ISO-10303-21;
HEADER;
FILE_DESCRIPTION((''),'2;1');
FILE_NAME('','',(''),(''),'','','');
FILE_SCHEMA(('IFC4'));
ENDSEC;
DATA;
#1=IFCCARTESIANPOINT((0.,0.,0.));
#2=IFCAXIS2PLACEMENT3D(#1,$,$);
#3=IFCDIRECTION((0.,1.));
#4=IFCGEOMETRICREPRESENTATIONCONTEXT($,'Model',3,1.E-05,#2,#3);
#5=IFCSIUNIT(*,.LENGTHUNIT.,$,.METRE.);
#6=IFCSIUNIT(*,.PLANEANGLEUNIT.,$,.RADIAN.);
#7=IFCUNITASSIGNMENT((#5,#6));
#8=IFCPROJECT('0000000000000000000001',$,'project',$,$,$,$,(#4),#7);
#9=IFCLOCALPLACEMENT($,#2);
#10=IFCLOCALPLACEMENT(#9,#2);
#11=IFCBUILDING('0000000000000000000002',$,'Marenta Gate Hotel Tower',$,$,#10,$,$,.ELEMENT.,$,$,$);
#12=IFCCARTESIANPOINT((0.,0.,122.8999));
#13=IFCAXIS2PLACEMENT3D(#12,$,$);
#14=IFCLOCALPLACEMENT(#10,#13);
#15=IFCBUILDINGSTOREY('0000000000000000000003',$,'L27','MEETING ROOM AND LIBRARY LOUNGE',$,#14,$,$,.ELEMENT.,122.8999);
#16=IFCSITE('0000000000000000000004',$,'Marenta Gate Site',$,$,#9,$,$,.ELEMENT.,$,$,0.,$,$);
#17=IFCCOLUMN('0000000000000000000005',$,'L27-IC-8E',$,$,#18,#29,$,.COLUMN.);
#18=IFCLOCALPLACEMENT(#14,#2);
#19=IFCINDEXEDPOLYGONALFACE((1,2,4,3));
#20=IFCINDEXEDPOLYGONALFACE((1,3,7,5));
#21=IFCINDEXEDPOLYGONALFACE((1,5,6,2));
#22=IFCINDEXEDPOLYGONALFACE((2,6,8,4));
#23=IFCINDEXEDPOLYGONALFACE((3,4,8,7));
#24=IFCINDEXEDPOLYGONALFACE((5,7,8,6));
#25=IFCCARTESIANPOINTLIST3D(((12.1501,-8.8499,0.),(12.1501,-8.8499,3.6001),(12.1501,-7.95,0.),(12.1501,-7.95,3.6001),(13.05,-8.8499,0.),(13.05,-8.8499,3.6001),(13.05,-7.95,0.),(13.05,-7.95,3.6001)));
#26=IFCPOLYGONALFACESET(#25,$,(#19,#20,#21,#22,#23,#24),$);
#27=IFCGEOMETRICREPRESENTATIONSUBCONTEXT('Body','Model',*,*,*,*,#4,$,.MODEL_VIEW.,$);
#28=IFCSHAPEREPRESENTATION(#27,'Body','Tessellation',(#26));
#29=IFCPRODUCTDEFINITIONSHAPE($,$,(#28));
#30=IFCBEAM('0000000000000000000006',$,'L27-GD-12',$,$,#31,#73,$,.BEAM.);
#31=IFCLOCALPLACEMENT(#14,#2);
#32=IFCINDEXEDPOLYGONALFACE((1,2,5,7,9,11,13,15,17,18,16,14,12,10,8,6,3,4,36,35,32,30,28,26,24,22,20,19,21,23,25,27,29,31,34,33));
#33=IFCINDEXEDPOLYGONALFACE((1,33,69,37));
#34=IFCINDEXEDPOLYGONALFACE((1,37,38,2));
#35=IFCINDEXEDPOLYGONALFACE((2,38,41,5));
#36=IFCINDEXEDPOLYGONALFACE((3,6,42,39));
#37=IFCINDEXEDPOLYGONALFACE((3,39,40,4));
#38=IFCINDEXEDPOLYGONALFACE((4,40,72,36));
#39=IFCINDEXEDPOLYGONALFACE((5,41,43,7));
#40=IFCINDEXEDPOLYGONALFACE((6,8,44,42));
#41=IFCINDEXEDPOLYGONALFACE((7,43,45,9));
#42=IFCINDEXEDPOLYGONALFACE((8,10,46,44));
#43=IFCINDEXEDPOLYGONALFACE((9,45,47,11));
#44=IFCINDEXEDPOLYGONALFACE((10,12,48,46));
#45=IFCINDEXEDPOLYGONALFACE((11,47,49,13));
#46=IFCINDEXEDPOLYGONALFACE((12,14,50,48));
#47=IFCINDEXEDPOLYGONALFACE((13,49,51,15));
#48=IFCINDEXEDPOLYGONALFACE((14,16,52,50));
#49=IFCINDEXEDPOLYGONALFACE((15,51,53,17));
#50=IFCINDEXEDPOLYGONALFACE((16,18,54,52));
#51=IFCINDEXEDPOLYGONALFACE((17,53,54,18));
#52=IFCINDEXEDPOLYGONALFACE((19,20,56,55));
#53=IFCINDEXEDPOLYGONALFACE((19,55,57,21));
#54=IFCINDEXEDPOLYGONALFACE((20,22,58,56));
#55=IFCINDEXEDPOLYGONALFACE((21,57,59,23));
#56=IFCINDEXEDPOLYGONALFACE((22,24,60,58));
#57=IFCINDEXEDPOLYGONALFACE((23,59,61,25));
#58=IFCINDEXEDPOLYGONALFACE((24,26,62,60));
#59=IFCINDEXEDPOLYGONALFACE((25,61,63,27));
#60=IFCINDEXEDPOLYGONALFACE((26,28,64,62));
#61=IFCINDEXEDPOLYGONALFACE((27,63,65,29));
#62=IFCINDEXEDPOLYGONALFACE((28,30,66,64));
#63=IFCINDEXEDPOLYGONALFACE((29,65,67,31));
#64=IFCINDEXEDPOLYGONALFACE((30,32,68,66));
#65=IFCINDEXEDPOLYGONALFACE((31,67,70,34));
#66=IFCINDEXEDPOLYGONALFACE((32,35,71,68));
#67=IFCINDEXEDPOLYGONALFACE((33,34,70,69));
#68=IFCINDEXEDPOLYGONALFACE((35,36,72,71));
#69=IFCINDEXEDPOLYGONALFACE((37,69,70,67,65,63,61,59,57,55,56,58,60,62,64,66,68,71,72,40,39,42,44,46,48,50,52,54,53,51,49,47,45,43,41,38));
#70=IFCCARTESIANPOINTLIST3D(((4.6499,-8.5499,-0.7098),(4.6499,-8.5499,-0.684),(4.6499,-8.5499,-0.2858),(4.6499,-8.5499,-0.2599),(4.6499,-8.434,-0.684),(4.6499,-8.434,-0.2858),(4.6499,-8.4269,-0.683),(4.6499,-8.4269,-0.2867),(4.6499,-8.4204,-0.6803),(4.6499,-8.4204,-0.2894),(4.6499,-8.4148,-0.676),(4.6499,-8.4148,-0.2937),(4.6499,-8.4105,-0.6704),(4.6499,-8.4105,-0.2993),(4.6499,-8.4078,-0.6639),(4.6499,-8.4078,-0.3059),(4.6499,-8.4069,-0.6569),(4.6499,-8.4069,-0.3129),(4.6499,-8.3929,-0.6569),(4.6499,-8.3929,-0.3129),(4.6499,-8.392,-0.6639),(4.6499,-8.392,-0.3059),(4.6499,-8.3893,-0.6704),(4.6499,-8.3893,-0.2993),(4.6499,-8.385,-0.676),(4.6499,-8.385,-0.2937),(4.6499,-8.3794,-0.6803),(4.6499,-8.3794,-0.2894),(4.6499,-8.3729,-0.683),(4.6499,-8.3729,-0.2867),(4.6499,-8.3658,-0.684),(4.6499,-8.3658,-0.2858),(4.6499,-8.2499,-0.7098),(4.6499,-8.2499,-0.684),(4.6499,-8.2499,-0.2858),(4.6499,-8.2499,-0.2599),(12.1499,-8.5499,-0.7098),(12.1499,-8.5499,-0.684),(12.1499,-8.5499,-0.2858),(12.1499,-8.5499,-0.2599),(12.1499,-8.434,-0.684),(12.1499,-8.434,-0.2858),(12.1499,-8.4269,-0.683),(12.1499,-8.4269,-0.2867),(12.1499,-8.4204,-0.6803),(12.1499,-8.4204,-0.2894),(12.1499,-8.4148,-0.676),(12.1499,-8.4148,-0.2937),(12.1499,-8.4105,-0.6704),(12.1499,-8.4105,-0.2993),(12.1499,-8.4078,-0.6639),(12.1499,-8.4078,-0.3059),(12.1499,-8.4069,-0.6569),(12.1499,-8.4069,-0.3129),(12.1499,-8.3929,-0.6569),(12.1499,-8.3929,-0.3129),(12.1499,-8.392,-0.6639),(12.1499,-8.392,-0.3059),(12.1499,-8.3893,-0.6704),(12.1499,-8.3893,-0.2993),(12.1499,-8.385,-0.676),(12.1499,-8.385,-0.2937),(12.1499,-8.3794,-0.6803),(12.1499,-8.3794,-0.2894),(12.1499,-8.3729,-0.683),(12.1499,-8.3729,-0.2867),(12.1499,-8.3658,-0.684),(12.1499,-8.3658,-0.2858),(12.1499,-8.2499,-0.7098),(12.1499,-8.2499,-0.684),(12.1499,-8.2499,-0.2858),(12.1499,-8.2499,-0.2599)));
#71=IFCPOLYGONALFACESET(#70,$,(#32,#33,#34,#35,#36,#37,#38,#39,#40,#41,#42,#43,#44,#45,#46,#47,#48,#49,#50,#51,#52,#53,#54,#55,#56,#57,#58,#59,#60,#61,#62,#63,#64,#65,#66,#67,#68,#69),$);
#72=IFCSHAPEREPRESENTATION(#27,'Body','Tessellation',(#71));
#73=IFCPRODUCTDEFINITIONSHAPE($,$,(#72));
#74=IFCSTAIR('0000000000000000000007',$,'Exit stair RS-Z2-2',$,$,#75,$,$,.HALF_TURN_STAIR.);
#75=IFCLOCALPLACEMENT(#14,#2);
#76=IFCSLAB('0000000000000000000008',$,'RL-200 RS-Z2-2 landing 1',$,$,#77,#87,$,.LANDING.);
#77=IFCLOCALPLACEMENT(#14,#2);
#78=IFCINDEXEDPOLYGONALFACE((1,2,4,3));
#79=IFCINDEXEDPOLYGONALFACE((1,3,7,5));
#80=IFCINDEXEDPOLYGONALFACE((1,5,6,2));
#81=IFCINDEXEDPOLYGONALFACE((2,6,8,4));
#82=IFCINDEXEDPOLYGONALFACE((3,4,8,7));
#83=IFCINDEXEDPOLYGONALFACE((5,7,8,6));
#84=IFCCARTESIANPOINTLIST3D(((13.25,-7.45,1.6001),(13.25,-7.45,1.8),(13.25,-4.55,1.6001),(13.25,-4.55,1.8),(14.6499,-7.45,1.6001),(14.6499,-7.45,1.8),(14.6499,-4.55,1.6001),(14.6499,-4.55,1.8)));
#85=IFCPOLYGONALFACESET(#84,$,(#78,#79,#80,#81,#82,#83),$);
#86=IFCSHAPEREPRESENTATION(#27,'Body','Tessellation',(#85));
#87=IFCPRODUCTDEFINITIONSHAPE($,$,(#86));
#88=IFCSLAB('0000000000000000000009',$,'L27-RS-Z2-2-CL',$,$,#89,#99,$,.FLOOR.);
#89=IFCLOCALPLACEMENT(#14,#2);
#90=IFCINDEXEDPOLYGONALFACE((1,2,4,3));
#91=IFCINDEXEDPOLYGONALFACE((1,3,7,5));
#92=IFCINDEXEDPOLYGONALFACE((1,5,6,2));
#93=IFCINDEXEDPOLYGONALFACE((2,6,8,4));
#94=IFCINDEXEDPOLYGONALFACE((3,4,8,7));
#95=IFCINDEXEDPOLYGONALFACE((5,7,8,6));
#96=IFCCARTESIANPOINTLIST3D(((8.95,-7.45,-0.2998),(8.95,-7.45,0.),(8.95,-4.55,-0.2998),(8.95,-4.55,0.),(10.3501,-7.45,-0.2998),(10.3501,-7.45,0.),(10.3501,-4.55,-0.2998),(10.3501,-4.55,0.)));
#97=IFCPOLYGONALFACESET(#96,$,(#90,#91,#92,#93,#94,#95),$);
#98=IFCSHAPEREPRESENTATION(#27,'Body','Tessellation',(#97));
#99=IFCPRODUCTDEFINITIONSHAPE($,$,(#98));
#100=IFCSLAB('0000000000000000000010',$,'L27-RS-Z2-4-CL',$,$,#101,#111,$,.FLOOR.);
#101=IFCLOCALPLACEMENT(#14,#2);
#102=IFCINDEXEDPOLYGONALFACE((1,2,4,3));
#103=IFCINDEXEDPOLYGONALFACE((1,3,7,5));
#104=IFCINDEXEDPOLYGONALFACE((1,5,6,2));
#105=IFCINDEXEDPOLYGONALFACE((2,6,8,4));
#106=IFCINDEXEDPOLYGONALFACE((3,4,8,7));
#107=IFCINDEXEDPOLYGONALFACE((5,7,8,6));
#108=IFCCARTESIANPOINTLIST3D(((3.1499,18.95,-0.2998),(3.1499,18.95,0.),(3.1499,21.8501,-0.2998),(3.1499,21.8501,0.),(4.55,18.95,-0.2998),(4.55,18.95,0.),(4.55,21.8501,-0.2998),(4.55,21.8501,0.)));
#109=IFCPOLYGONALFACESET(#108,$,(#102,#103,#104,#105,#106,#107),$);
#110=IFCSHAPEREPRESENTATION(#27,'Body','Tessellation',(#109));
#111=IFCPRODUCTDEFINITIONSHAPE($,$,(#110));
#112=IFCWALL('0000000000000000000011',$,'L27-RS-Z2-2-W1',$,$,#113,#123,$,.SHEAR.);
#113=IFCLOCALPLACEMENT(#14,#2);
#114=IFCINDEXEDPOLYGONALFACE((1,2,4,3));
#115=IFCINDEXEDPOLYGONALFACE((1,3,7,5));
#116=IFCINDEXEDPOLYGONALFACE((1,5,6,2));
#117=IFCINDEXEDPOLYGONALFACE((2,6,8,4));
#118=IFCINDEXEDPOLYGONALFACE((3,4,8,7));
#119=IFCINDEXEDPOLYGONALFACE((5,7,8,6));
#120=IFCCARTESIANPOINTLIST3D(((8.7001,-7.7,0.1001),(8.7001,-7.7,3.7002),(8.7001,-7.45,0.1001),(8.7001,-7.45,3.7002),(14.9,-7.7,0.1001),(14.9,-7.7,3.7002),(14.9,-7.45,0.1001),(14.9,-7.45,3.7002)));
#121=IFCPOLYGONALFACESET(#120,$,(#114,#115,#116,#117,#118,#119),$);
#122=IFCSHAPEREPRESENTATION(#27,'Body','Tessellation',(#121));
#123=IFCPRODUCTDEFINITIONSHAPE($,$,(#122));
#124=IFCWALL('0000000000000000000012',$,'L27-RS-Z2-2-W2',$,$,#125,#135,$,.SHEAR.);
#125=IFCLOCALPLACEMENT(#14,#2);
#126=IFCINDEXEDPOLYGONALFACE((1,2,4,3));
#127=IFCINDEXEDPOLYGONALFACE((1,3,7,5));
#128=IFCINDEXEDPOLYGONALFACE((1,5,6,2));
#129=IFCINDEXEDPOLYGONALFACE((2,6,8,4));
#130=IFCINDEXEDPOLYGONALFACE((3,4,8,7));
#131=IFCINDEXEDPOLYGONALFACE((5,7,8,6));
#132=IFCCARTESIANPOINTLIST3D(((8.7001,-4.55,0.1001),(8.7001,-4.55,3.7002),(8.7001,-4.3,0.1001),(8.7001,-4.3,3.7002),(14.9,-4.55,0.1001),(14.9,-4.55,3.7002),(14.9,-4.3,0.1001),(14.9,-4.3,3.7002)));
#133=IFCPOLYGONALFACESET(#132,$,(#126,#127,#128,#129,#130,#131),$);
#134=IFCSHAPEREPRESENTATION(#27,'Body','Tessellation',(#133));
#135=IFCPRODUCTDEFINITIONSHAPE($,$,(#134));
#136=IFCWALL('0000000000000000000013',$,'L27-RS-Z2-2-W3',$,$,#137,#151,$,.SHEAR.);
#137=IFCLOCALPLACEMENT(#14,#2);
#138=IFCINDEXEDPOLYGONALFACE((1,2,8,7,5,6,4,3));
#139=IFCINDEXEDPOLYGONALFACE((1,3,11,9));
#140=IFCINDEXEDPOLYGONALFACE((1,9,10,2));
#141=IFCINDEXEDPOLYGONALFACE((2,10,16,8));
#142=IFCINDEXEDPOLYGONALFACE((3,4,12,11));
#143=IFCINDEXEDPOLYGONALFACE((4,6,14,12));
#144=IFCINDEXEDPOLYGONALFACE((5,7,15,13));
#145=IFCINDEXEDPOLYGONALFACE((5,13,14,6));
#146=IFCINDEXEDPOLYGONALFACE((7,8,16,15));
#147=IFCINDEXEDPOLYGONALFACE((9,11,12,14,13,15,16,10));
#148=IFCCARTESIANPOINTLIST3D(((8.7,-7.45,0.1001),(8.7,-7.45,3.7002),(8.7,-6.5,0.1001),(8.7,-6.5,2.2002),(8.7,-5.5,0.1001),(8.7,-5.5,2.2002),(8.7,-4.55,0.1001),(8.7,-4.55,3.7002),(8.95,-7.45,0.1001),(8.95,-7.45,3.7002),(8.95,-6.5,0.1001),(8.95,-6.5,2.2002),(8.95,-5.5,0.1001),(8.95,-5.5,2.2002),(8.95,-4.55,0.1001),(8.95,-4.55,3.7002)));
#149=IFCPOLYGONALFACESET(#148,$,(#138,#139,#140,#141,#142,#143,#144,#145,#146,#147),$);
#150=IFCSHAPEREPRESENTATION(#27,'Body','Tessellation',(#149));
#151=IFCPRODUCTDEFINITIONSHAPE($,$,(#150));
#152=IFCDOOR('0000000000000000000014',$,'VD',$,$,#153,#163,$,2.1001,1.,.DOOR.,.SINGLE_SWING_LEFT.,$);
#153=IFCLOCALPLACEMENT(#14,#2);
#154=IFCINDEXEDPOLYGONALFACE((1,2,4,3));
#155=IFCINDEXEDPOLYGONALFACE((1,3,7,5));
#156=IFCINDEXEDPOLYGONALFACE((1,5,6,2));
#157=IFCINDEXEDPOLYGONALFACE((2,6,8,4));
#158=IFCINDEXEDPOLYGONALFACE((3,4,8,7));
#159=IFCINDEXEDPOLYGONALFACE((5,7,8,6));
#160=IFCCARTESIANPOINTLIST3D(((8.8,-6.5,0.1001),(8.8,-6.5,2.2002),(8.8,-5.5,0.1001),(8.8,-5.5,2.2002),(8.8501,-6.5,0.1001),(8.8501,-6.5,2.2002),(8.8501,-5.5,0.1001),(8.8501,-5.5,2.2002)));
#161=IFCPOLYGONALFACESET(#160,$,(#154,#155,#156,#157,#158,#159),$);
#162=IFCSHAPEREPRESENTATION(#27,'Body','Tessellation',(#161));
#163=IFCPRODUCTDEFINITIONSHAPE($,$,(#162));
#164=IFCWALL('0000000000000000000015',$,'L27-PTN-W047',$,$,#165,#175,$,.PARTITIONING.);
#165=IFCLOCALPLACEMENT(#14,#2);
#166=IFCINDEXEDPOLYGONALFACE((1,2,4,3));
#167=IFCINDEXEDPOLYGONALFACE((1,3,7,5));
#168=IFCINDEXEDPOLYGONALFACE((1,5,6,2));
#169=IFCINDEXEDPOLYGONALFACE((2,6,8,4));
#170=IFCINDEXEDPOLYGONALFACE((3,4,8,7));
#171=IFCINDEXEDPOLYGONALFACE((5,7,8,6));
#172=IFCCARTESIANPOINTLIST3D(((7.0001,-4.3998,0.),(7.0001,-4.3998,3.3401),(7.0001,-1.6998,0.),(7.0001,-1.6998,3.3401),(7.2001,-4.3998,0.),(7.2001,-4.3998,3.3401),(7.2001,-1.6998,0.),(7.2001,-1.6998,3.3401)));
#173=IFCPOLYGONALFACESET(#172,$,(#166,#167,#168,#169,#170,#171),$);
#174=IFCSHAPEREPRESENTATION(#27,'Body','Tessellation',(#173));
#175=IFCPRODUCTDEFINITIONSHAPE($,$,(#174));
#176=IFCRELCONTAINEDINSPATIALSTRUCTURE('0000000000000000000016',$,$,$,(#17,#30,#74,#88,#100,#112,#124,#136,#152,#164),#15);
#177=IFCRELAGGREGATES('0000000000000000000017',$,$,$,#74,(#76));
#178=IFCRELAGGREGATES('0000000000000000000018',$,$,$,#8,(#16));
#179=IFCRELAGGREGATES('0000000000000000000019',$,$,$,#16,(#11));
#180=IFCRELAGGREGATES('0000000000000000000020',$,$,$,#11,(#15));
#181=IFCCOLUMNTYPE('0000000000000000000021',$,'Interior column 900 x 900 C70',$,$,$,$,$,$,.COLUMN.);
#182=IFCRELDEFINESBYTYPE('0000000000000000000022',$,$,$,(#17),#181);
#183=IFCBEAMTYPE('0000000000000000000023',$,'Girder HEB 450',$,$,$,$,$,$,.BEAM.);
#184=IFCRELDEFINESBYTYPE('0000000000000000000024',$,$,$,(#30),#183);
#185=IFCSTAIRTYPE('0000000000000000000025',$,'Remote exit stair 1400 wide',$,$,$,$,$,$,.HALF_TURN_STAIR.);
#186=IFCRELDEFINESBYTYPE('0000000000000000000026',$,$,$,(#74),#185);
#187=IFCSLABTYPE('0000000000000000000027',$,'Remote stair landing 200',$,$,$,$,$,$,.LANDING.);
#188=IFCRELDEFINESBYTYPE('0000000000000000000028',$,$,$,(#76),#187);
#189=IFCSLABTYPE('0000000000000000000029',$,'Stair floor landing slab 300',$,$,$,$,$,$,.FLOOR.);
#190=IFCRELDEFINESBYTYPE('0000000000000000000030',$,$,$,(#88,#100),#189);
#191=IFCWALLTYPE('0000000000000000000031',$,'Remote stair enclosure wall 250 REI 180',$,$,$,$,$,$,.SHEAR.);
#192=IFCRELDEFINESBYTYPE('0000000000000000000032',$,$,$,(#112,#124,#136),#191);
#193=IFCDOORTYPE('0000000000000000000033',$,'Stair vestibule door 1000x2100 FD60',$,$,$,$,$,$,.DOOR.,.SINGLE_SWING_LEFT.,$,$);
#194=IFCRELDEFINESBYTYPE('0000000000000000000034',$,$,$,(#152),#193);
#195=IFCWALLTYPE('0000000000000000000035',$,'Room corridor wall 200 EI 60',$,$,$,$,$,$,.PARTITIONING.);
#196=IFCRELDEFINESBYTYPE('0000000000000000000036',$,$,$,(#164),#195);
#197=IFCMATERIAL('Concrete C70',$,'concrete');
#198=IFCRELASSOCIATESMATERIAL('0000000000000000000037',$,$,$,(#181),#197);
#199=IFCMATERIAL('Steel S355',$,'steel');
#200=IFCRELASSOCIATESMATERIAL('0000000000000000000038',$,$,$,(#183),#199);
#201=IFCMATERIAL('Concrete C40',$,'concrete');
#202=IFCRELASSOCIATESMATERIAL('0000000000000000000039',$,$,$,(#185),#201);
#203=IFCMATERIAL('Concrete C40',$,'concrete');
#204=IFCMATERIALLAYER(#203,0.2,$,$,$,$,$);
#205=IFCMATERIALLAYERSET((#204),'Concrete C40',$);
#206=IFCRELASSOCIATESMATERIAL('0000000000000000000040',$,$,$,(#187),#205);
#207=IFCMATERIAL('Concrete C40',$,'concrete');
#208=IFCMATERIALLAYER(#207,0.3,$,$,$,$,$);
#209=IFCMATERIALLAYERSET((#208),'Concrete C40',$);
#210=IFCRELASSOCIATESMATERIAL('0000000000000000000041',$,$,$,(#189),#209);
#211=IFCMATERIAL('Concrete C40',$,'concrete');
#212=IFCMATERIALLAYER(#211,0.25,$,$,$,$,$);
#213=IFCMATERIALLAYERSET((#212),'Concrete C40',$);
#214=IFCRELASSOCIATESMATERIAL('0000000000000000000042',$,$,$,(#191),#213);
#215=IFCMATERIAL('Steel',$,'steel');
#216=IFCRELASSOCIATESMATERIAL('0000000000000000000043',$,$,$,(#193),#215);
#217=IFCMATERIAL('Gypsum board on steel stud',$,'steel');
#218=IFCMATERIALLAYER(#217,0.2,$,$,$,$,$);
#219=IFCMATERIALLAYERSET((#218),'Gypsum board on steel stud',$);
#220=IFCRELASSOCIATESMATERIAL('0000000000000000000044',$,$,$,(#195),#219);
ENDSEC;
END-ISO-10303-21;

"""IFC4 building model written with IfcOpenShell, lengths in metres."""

from ifc_helpers import new_model, si_unit, direction, frame, frame_2d, origin, origin_2d, place, context, subcontext, project, spatial, polyline, rectangle, i_section, outline, extrude, material, layer, layer_set, material_profile, profile_set, type_object, element, fill, aggregate, save


model = new_model("IFC4")

# Units and contexts
model_context = context("Model", 3, precision=1e-05, world=origin(), true_north=direction((0.0, 1.0)))
body_context = subcontext(model_context, "Body", "Model", "MODEL_VIEW")
ifc_project = project(units=[si_unit("LENGTHUNIT", "METRE"), si_unit("PLANEANGLEUNIT", "RADIAN")], contexts=[model_context])

# Site, building, storey
site_placement = place(None, origin())
site = spatial("IfcSite", under=ifc_project, at=site_placement, Name="Marenta Gate Site", CompositionType="ELEMENT", RefElevation=0.0)
building_placement = place(site_placement, origin())
building = spatial("IfcBuilding", under=site, at=building_placement, Name="Marenta Gate Hotel Tower", CompositionType="ELEMENT")
storey_placement = place(building_placement, frame((0.0, 0.0, 122.8999)))
storey = spatial("IfcBuildingStorey", under=building, at=storey_placement, Name="L27", Description="MEETING ROOM AND LIBRARY LOUNGE", CompositionType="ELEMENT", Elevation=122.8999)

# Column
ifc_material_1 = material(Name="Concrete C70", Category="concrete")
ifc_material_profile_1 = material_profile(ifc_material_1, rectangle(XDim=0.8999, YDim=0.8999, at=origin_2d()), Name="900 x 900")
ifc_profile_set_1 = profile_set([ifc_material_profile_1], Name="Concrete C70")
column_type = type_object("IfcColumnType", Name="Interior column 900 x 900 C70", PredefinedType="COLUMN", material=ifc_profile_set_1)
column_placement = place(storey_placement, frame((12.6001, -8.3999, 0.0), z_axis=(0.0, 0.0, 1.0), x_axis=(1.0, 0.0, 0.0)))
element("IfcColumn", 1, at=column_placement, inside=storey, type_object=column_type, Name="L27-IC-8E", PredefinedType="COLUMN", context=body_context, shape_type="SweptSolid", body=[
    extrude(rectangle(XDim=0.8999, YDim=0.8999, at=origin_2d()), origin(), (0.0, 0.0, 1.0), 3.6001),
])

# Beam
ifc_material_2 = material(Name="Steel S355", Category="steel")
ifc_material_profile_2 = material_profile(ifc_material_2, i_section(OverallWidth=0.3, OverallDepth=0.45, WebThickness=0.0139, FlangeThickness=0.0259, FilletRadius=0.0271, at=origin_2d()), Name="HEB 450")
ifc_profile_set_2 = profile_set([ifc_material_profile_2], Name="Steel S355")
beam_type = type_object("IfcBeamType", Name="Girder HEB 450", PredefinedType="BEAM", material=ifc_profile_set_2)
beam_placement = place(storey_placement, frame((4.6499, -8.3999, -0.4849), z_axis=(1.0, 0.0, 0.0), x_axis=(0.0, 1.0, 0.0)))
element("IfcBeam", 2, at=beam_placement, inside=storey, type_object=beam_type, Name="L27-GD-12", PredefinedType="BEAM", context=body_context, shape_type="SweptSolid", body=[
    extrude(i_section(OverallWidth=0.3, OverallDepth=0.45, WebThickness=0.0139, FlangeThickness=0.0259, FilletRadius=0.0271, at=origin_2d()), origin(), (0.0, 0.0, 1.0), 7.5),
])

# Stair, slab
ifc_material_3 = material(Name="Concrete C40", Category="concrete")
stair_type = type_object("IfcStairType", Name="Remote exit stair 1400 wide", PredefinedType="HALF_TURN_STAIR", material=ifc_material_3)
stair_placement = place(storey_placement, origin())
stair = element("IfcStair", 3, at=stair_placement, inside=storey, type_object=stair_type, Name="Exit stair RS-Z2-2", PredefinedType="HALF_TURN_STAIR")
ifc_material_4 = material(Name="Concrete C40", Category="concrete")
ifc_layer_1 = layer(ifc_material_4, 0.2)
ifc_layer_set_1 = layer_set([ifc_layer_1], Name="Concrete C40")
slab_type_1 = type_object("IfcSlabType", Name="Remote stair landing 200", PredefinedType="LANDING", material=ifc_layer_set_1)
slab_1_placement = place(storey_placement, frame((0.0, 0.0, 1.6001)))
slab_1 = element("IfcSlab", 4, at=slab_1_placement, type_object=slab_type_1, Name="RL-200 RS-Z2-2 landing 1", PredefinedType="LANDING", context=body_context, shape_type="SweptSolid", body=[
    extrude(outline(polyline([(13.25, -7.45), (14.6499, -7.45), (14.6499, -4.55), (13.25, -4.55), (13.25, -7.45)])), origin(), (0.0, 0.0, 1.0), 0.2),
])

# Slabs
ifc_material_5 = material(Name="Concrete C40", Category="concrete")
ifc_layer_2 = layer(ifc_material_5, 0.3)
ifc_layer_set_2 = layer_set([ifc_layer_2], Name="Concrete C40")
slab_type_2 = type_object("IfcSlabType", Name="Stair floor landing slab 300", PredefinedType="FLOOR", material=ifc_layer_set_2)
slab_2_placement = place(storey_placement, frame((0.0, 0.0, -0.2998)))
element("IfcSlab", 5, at=slab_2_placement, inside=storey, type_object=slab_type_2, Name="L27-RS-Z2-2-CL", PredefinedType="FLOOR", context=body_context, shape_type="SweptSolid", body=[
    extrude(outline(polyline([(10.3501, -7.45), (10.3501, -4.55), (8.95, -4.55), (8.95, -7.45), (10.3501, -7.45)])), origin(), (0.0, 0.0, 1.0), 0.2998),
])
slab_3_placement = place(storey_placement, frame((0.0, 0.0, -0.2998)))
element("IfcSlab", 6, at=slab_3_placement, inside=storey, type_object=slab_type_2, Name="L27-RS-Z2-4-CL", PredefinedType="FLOOR", context=body_context, shape_type="SweptSolid", body=[
    extrude(outline(polyline([(4.55, 18.95), (4.55, 21.8501), (3.1499, 21.8501), (3.1499, 18.95), (4.55, 18.95)])), origin(), (0.0, 0.0, 1.0), 0.2998),
])

# Walls
ifc_material_6 = material(Name="Concrete C40", Category="concrete")
ifc_layer_3 = layer(ifc_material_6, 0.25)
ifc_layer_set_3 = layer_set([ifc_layer_3], Name="Concrete C40")
wall_type_1 = type_object("IfcWallType", Name="Remote stair enclosure wall 250 REI 180", PredefinedType="SHEAR", material=ifc_layer_set_3)
for number, where, z_axis, x_axis, name in (
    (7, (8.7, -7.575, 0.1001), (0.0, 0.0, 1.0), (1.0, 0.0, 0.0), "L27-RS-Z2-2-W1"),
    (8, (8.7, -4.425, 0.1001), (0.0, 0.0, 1.0), (1.0, 0.0, 0.0), "L27-RS-Z2-2-W2"),
):
    element("IfcWall", number, at=place(storey_placement, frame(where, z_axis=z_axis, x_axis=x_axis)), inside=storey, type_object=wall_type_1, Name=name, PredefinedType="SHEAR", context=body_context, shape_type="SweptSolid", body=[
        extrude(rectangle(XDim=6.2, YDim=0.25, at=frame_2d((3.1001, 0.0))), origin(), (0.0, 0.0, 1.0), 3.6001),
    ])

# Wall, opening, door
wall_1_placement = place(storey_placement, frame((8.825, -7.45, 0.1001), z_axis=(0.0, 0.0, 1.0), x_axis=(0.0, 1.0, 0.0)))
wall_1 = element("IfcWall", 9, at=wall_1_placement, inside=storey, type_object=wall_type_1, Name="L27-RS-Z2-2-W3", PredefinedType="SHEAR", context=body_context, shape_type="SweptSolid", body=[
    extrude(rectangle(XDim=2.8999, YDim=0.25, at=frame_2d((1.45, 0.0))), origin(), (0.0, 0.0, 1.0), 3.6001),
])
opening_1_placement = place(wall_1_placement, frame((0.95, 0.0, 0.0)))
opening_1 = element("IfcOpeningElement", 10, at=opening_1_placement, cuts=wall_1, PredefinedType="OPENING", context=body_context, shape_type="SweptSolid", body=[
    extrude(rectangle(XDim=1.0, YDim=2.1001, at=frame_2d((0.5, 1.05))), frame((0.0, 0.125, 0.0), z_axis=(0.0, -1.0, 0.0), x_axis=(1.0, 0.0, 0.0)), (0.0, 0.0, 1.0), 0.25),
])
ifc_material_7 = material(Name="Steel", Category="steel")
door_type_1 = type_object("IfcDoorType", Name="Stair vestibule door 1000x2100 FD60", OperationType="SINGLE_SWING_LEFT", PredefinedType="DOOR", material=ifc_material_7)
door_1_placement = place(opening_1_placement, origin())
door_1 = element("IfcDoor", 11, at=door_1_placement, inside=storey, type_object=door_type_1, Name="VD", OperationType="SINGLE_SWING_LEFT", OverallHeight=2.1001, OverallWidth=1.0, PredefinedType="DOOR", context=body_context, shape_type="SweptSolid", body=[
    extrude(rectangle(XDim=1.0, YDim=2.1001, at=frame_2d((0.5, 1.05))), frame((0.0, 0.0249, 0.0), z_axis=(0.0, -1.0, 0.0), x_axis=(1.0, 0.0, 0.0)), (0.0, 0.0, 1.0), 0.05),
])
fill(opening_1, door_1)
ifc_material_8 = material(Name="Gypsum board on steel stud", Category="steel")
ifc_layer_4 = layer(ifc_material_8, 0.2)
ifc_layer_set_4 = layer_set([ifc_layer_4], Name="Gypsum board on steel stud")
wall_type_2 = type_object("IfcWallType", Name="Room corridor wall 200 EI 60", PredefinedType="PARTITIONING", material=ifc_layer_set_4)

# Wall
wall_2_placement = place(storey_placement, frame((7.1001, -4.3999, 0.0), z_axis=(0.0, 0.0, 1.0), x_axis=(0.0, 1.0, 0.0)))
element("IfcWall", 12, at=wall_2_placement, inside=storey, type_object=wall_type_2, Name="L27-PTN-W047", PredefinedType="PARTITIONING", context=body_context, shape_type="SweptSolid", body=[
    extrude(rectangle(XDim=2.7, YDim=0.2, at=frame_2d((1.3501, 0.0))), origin(), (0.0, 0.0, 1.0), 3.3401),
])

aggregate(stair, [slab_1])

save(model, "model.ifc")
